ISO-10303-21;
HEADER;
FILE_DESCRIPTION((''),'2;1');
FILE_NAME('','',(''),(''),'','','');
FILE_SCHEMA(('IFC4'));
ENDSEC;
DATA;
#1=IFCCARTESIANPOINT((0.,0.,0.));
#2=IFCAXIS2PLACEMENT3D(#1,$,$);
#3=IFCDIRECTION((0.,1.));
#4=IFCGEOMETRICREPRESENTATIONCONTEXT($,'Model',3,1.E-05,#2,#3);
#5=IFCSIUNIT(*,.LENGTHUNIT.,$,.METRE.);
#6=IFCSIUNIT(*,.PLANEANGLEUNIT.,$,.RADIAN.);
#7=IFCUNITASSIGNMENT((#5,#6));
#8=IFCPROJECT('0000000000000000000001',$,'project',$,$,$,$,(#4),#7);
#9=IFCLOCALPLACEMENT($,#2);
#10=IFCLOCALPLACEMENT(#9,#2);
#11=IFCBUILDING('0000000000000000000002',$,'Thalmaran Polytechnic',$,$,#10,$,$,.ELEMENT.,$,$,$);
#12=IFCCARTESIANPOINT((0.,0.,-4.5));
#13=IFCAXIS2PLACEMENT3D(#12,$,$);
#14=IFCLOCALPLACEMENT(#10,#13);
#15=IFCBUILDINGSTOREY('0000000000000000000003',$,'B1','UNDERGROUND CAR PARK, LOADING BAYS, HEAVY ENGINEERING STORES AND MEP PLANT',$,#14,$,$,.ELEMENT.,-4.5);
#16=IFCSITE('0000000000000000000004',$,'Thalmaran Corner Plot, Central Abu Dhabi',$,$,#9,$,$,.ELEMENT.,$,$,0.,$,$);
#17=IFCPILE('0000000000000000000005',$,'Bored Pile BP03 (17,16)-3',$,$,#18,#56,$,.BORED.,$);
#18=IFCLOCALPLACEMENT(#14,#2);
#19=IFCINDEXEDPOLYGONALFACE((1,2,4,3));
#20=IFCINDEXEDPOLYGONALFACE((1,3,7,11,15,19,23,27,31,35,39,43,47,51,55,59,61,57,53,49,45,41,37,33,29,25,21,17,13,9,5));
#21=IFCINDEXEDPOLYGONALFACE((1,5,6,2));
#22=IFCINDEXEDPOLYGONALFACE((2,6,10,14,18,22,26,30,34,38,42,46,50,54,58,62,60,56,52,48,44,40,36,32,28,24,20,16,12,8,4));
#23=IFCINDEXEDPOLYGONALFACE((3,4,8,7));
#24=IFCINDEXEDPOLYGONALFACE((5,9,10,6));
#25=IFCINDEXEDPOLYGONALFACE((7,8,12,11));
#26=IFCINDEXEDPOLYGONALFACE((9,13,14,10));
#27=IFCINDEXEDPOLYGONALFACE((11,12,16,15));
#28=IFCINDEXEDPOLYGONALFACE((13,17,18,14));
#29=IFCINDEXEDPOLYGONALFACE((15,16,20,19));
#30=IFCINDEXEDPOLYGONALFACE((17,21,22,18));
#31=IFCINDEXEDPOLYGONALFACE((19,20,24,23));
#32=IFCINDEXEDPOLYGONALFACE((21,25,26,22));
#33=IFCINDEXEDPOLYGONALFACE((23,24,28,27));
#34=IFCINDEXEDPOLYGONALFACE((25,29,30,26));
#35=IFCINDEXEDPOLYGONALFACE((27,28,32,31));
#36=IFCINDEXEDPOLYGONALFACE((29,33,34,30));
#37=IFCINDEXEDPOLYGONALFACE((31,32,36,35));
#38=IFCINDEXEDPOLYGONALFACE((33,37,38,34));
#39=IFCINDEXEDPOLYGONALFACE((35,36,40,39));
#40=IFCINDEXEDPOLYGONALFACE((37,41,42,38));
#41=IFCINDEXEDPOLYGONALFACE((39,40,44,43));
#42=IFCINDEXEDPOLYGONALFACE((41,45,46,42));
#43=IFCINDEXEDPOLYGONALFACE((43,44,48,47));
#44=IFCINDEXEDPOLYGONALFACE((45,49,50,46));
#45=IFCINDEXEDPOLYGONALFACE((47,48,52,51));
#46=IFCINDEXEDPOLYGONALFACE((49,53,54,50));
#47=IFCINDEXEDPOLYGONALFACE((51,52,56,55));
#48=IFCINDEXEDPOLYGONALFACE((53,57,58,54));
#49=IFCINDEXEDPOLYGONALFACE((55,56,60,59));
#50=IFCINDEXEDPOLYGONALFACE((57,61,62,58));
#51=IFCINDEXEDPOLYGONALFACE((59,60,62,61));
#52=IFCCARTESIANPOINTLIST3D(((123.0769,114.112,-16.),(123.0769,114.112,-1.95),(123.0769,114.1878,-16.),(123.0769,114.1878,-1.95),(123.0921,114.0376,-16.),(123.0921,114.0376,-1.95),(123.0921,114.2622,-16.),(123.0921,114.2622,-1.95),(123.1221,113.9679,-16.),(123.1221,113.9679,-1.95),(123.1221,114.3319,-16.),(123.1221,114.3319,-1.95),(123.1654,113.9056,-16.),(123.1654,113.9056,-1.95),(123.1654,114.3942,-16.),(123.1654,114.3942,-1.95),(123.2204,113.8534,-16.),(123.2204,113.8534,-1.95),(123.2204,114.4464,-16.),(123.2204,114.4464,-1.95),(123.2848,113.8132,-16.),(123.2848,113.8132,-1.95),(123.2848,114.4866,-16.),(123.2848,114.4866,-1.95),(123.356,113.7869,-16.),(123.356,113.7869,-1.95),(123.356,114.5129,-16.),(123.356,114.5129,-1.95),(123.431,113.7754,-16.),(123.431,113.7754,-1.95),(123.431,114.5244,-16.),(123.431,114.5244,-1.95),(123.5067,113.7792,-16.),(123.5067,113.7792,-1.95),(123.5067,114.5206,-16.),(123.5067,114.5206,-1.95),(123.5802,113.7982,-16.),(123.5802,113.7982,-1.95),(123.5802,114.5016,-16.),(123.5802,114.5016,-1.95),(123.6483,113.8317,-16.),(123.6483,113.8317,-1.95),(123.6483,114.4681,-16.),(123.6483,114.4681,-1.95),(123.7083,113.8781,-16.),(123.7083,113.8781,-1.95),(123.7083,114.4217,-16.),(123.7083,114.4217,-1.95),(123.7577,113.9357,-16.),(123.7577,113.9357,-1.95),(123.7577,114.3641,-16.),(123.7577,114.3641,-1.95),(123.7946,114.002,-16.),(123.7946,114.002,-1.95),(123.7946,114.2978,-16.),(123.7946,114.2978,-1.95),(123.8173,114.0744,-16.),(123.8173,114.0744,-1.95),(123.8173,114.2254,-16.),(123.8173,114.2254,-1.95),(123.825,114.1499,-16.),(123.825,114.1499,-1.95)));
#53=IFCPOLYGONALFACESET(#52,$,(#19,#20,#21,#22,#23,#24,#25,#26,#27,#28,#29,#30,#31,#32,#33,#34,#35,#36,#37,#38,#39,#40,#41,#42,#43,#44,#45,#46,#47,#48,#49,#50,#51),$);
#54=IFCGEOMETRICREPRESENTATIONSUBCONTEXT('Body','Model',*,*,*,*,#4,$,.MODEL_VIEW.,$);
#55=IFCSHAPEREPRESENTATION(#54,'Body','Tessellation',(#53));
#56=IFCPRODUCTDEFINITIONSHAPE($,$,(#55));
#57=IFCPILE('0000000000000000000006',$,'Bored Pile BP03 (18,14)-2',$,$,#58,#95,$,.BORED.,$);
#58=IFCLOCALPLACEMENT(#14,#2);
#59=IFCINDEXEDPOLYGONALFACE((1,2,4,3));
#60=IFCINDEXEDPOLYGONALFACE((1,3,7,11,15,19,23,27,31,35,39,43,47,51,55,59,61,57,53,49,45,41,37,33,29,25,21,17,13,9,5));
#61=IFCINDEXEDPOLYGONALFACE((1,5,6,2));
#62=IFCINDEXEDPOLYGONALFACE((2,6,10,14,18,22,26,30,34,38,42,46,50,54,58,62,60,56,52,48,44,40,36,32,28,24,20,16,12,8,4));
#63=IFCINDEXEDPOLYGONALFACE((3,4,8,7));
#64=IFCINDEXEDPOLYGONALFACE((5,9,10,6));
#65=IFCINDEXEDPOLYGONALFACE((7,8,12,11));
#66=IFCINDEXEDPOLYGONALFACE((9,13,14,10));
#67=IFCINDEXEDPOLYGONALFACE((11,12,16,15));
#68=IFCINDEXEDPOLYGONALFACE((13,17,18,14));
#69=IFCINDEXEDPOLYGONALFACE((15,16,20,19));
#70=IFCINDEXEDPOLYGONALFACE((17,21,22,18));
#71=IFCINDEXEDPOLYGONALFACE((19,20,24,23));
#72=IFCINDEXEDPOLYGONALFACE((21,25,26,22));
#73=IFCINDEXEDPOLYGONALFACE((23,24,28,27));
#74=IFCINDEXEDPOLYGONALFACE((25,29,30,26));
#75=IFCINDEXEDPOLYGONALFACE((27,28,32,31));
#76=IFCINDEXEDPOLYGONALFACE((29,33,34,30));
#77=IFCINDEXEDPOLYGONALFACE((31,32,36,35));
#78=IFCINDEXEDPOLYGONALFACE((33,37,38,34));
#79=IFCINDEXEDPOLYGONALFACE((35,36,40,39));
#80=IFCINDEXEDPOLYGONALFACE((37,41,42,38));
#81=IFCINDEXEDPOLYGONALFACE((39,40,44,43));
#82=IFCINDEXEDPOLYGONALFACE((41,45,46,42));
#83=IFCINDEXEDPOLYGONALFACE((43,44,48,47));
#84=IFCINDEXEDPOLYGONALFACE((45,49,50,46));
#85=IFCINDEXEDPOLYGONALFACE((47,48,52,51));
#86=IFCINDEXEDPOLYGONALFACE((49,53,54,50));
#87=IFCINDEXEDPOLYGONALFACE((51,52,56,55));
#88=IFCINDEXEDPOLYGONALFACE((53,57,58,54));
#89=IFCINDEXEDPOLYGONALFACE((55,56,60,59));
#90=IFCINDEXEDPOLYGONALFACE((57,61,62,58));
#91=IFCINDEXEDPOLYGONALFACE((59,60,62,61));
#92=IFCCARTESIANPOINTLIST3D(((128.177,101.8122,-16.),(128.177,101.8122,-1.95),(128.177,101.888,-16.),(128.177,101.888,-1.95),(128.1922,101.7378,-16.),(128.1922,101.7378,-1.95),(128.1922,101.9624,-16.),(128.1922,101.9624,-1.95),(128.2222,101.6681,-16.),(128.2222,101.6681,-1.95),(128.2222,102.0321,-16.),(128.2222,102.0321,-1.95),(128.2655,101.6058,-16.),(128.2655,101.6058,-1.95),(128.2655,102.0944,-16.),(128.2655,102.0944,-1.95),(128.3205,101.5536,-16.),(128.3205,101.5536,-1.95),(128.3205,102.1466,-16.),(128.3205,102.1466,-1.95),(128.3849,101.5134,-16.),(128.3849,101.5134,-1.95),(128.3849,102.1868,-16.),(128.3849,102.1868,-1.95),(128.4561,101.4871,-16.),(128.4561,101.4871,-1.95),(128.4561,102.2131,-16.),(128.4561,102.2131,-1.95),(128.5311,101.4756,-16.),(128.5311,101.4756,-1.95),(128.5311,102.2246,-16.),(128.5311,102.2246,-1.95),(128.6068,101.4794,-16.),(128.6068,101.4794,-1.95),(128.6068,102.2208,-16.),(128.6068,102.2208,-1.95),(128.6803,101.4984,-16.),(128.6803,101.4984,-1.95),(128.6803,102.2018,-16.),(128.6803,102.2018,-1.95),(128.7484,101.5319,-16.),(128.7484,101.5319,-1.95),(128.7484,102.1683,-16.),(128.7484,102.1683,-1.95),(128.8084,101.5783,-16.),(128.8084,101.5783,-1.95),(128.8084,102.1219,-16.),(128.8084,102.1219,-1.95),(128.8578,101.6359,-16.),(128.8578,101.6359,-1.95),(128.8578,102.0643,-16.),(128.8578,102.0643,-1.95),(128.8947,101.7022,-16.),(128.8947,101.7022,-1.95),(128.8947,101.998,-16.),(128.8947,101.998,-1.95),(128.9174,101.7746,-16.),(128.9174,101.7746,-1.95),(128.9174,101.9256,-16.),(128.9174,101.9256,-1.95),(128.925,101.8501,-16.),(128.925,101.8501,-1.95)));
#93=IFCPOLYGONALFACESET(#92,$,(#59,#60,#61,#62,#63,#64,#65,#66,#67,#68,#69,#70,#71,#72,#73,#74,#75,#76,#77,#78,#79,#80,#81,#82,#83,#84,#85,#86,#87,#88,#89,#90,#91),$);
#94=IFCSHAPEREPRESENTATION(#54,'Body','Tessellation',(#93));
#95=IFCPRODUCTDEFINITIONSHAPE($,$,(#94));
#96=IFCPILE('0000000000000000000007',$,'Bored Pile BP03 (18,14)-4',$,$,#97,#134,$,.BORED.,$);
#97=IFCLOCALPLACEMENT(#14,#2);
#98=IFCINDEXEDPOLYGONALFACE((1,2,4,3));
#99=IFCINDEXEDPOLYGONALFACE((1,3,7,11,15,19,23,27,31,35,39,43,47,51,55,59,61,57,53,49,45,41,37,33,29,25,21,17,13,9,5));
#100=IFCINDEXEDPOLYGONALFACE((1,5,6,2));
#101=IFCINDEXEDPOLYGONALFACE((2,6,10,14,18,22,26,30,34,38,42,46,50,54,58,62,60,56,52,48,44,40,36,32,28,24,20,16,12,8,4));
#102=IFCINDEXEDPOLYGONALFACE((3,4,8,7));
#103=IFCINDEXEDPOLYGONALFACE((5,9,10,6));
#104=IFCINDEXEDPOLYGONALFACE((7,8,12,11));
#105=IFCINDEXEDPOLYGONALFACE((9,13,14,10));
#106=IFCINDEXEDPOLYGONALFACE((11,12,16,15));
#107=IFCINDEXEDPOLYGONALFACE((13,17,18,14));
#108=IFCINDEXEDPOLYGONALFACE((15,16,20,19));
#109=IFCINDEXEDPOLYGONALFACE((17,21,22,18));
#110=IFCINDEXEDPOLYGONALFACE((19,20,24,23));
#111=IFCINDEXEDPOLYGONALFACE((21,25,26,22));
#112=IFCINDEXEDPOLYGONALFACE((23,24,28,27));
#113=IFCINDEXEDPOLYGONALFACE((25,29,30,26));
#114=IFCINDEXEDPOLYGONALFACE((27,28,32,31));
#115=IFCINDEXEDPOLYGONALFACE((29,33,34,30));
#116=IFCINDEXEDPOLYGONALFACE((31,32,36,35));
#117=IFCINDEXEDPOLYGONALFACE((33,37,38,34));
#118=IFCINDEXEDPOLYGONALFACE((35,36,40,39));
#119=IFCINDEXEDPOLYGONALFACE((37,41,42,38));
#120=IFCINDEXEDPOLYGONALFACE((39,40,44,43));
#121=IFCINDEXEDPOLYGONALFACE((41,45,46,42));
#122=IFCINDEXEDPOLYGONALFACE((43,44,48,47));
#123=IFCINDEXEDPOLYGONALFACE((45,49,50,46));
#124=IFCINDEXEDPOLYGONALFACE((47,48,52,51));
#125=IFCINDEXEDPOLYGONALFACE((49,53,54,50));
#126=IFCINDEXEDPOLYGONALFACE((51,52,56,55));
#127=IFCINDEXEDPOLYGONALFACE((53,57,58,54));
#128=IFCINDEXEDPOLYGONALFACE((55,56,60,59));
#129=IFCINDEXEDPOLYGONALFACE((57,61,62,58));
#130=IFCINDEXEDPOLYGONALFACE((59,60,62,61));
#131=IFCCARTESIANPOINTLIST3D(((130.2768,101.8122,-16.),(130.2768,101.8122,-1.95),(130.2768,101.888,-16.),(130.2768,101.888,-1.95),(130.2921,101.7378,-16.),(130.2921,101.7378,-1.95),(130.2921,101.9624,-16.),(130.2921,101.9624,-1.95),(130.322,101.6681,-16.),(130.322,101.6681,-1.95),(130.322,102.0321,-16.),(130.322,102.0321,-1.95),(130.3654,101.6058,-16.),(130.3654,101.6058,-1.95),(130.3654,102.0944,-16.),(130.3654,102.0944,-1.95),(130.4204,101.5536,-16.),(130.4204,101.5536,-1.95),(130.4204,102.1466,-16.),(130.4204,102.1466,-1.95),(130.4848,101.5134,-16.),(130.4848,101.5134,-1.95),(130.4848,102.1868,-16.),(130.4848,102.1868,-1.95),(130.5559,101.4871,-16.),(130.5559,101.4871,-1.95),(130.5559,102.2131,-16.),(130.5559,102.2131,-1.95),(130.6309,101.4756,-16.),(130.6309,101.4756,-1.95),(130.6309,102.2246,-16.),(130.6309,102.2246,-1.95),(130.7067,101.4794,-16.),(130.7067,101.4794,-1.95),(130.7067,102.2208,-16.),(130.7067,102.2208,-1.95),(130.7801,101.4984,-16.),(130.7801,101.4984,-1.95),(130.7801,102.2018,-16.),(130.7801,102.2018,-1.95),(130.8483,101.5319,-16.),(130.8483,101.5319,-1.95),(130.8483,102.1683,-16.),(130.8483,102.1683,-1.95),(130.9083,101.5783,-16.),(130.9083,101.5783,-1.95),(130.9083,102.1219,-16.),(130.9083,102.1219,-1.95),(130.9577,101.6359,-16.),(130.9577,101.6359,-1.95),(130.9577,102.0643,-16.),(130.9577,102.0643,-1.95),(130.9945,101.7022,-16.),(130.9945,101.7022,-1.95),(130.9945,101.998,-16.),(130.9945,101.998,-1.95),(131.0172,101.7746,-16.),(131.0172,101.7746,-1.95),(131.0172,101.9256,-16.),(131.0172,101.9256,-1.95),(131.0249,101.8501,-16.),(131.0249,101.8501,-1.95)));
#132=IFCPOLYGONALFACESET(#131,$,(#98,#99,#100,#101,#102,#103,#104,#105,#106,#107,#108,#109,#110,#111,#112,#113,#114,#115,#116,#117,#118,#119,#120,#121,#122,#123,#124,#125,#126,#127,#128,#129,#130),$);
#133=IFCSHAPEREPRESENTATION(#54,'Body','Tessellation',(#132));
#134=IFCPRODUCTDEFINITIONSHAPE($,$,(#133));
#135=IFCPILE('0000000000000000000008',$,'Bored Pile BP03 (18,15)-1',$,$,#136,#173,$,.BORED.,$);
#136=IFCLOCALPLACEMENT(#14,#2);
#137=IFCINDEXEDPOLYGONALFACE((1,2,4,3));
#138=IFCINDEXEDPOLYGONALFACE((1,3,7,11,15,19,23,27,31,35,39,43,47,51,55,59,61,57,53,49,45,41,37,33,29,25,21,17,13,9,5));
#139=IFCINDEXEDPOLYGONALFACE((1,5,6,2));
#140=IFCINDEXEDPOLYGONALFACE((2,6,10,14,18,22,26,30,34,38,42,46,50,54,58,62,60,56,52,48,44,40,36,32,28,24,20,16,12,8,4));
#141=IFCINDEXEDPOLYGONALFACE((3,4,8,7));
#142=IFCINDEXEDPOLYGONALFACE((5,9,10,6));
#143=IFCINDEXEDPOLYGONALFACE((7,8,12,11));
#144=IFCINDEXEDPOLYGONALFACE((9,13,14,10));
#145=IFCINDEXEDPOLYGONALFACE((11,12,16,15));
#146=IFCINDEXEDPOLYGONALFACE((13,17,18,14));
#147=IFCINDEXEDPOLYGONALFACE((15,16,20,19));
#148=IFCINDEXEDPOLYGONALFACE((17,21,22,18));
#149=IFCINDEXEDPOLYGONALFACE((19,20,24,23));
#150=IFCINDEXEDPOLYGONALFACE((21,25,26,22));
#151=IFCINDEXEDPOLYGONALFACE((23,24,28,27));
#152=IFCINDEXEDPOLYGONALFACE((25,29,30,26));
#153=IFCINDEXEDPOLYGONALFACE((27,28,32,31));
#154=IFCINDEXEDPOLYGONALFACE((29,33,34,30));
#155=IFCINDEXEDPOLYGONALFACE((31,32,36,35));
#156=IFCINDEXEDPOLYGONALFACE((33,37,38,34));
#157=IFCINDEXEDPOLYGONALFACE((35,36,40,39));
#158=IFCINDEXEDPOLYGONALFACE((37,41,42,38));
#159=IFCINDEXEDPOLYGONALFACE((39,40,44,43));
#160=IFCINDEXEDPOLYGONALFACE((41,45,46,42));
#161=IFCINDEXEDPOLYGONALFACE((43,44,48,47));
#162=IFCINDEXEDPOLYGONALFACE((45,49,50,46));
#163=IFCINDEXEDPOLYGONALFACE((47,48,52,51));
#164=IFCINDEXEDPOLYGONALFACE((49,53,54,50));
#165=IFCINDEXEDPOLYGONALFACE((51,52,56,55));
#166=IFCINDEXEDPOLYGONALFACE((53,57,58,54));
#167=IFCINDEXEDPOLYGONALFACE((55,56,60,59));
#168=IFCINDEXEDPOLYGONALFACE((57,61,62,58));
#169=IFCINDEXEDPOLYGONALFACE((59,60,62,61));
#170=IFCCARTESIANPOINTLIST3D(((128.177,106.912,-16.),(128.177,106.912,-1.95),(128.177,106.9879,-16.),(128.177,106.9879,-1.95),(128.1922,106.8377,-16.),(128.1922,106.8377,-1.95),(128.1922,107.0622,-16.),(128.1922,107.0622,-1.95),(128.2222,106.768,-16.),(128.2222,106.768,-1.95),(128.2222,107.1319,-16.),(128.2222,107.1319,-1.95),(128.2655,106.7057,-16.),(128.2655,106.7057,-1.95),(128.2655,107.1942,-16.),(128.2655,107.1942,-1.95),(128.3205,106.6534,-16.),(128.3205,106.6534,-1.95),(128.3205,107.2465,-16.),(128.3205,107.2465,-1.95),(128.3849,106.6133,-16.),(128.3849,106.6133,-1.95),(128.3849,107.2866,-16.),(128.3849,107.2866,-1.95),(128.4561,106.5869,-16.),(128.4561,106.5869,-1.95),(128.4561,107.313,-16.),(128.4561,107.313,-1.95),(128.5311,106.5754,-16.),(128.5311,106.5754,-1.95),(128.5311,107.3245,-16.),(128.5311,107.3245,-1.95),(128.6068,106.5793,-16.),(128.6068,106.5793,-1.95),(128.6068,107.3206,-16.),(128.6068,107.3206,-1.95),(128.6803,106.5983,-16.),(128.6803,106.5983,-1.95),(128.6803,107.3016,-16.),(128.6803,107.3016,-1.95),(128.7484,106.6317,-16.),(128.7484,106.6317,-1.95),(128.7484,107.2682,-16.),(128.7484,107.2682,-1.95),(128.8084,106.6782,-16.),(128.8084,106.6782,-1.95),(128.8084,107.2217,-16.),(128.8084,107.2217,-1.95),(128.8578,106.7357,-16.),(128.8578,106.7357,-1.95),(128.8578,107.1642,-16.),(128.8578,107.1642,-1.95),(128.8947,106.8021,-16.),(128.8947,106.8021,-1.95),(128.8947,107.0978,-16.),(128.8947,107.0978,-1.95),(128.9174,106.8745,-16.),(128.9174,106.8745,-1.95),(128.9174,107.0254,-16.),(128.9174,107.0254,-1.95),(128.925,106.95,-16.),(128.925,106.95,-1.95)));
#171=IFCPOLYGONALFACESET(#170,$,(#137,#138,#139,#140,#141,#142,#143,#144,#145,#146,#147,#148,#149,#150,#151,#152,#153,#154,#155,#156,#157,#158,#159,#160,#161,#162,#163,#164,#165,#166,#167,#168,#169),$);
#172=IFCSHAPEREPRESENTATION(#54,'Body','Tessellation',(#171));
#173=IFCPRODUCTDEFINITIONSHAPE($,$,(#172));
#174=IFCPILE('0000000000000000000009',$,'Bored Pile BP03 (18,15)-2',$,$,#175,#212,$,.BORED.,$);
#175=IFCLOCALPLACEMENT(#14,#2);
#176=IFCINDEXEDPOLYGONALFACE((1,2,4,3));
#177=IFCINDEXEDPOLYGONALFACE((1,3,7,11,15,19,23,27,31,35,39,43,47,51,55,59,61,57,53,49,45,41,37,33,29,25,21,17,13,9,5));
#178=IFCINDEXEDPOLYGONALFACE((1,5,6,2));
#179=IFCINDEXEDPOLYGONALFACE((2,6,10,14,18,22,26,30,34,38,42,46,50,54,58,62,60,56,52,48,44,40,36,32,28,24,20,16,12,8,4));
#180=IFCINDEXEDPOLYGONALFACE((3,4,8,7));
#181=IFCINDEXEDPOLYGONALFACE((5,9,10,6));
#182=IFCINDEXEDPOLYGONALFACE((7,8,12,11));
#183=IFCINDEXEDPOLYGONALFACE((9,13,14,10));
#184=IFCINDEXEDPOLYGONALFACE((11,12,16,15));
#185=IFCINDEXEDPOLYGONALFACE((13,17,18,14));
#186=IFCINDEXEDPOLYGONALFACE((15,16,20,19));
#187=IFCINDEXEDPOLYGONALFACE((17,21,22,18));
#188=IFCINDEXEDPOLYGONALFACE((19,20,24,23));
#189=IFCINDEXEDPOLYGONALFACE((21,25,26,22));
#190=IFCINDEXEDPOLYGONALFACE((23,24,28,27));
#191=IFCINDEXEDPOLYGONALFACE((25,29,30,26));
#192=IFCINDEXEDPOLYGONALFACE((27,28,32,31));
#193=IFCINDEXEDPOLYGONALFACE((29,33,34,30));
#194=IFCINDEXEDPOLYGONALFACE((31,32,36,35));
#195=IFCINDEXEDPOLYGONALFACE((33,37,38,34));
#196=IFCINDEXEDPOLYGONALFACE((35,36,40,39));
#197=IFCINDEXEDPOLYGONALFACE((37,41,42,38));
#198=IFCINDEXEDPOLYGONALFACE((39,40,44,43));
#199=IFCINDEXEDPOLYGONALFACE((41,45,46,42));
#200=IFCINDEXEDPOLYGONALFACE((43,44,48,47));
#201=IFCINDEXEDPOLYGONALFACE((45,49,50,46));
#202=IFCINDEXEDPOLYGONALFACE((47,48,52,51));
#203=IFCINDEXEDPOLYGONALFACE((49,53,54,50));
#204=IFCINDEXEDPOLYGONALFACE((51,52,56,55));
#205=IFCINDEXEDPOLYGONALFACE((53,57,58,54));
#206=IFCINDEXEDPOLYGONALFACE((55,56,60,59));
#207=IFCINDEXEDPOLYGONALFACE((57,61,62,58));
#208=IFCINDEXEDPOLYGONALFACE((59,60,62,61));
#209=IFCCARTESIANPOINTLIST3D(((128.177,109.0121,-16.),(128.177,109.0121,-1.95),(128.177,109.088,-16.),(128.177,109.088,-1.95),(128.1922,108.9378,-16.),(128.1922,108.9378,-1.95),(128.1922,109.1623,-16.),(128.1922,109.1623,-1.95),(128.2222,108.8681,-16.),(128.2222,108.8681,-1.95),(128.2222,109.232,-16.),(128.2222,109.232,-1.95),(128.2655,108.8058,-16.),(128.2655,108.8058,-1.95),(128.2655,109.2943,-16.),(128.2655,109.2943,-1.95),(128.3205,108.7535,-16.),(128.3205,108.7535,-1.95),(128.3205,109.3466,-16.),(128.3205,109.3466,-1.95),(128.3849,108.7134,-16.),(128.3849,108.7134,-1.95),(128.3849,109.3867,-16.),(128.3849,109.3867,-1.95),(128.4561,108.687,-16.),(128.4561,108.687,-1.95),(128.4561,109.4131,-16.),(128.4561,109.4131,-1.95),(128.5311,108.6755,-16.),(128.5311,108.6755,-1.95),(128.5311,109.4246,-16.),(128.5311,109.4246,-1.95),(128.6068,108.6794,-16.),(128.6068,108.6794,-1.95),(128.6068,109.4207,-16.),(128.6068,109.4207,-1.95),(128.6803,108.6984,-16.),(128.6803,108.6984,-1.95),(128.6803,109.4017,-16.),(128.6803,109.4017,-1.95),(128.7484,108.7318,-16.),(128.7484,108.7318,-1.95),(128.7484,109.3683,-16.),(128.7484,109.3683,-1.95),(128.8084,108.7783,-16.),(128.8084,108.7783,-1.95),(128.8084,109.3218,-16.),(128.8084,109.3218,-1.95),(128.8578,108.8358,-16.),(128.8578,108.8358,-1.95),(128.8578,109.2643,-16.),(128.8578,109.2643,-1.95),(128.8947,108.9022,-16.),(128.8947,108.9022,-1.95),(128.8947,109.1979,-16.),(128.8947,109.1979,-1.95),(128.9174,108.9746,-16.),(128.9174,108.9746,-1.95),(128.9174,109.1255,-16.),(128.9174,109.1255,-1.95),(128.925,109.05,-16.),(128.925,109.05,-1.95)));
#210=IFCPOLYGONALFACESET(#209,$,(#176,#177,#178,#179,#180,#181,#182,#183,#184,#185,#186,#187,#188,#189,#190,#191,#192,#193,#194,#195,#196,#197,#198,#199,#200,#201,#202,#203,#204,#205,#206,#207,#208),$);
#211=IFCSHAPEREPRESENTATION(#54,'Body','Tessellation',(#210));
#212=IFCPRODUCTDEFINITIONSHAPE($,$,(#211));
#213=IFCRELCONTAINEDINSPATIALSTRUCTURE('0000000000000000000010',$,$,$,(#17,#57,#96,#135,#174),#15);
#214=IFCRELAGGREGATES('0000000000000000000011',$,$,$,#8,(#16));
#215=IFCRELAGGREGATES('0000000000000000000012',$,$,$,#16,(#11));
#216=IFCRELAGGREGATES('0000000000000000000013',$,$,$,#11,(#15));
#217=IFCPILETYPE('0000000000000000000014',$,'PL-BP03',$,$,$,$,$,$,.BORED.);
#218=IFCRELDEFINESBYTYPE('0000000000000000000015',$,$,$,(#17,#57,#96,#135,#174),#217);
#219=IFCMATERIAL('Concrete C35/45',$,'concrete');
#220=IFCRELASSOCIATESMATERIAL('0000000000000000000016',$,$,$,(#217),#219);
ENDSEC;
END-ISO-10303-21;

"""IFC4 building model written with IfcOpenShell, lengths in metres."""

from ifc_helpers import new_model, si_unit, direction, frame, origin, origin_2d, place, context, subcontext, project, spatial, circle, extrude, material, material_profile, profile_set, type_object, element, save


model = new_model("IFC4")

# Units and contexts
model_context = context("Model", 3, precision=1e-05, world=origin(), true_north=direction((0.0, 1.0)))
body_context = subcontext(model_context, "Body", "Model", "MODEL_VIEW")
ifc_project = project(units=[si_unit("LENGTHUNIT", "METRE"), si_unit("PLANEANGLEUNIT", "RADIAN")], contexts=[model_context])

# Site, building, storey
site_placement = place(None, origin())
site = spatial("IfcSite", under=ifc_project, at=site_placement, Name="Thalmaran Corner Plot, Central Abu Dhabi", CompositionType="ELEMENT", RefElevation=0.0)
building_placement = place(site_placement, origin())
building = spatial("IfcBuilding", under=site, at=building_placement, Name="Thalmaran Polytechnic", CompositionType="ELEMENT")
storey_placement = place(building_placement, frame((0.0, 0.0, -4.5)))
storey = spatial("IfcBuildingStorey", under=building, at=storey_placement, Name="B1", Description="UNDERGROUND CAR PARK, LOADING BAYS, HEAVY ENGINEERING STORES AND MEP PLANT", CompositionType="ELEMENT", Elevation=-4.5)

# Piles
ifc_material_1 = material(Name="Concrete C35/45", Category="concrete")
ifc_material_profile_1 = material_profile(ifc_material_1, circle(Radius=0.375, at=origin_2d()), Name="RC 750 DIA")
ifc_profile_set_1 = profile_set([ifc_material_profile_1], Name="Concrete C35/45")
pile_type = type_object("IfcPileType", Name="PL-BP03", PredefinedType="BORED", material=ifc_profile_set_1)
for number, where, z_axis, x_axis, name in (
    (1, (123.45, 114.1499, -1.95), (0.0, 0.0, -1.0), (1.0, 0.0, 0.0), "Bored Pile BP03 (17,16)-3"),
    (2, (128.55, 101.8501, -1.95), (0.0, 0.0, -1.0), (1.0, 0.0, 0.0), "Bored Pile BP03 (18,14)-2"),
    (3, (130.6499, 101.8501, -1.95), (0.0, 0.0, -1.0), (1.0, 0.0, 0.0), "Bored Pile BP03 (18,14)-4"),
    (4, (128.55, 106.95, -1.95), (0.0, 0.0, -1.0), (1.0, 0.0, 0.0), "Bored Pile BP03 (18,15)-1"),
    (5, (128.55, 109.05, -1.95), (0.0, 0.0, -1.0), (1.0, 0.0, 0.0), "Bored Pile BP03 (18,15)-2"),
):
    element("IfcPile", number, at=place(storey_placement, frame(where, z_axis=z_axis, x_axis=x_axis)), inside=storey, type_object=pile_type, Name=name, PredefinedType="BORED", context=body_context, shape_type="SweptSolid", body=[
        extrude(circle(Radius=0.375, at=origin_2d()), origin(), (0.0, 0.0, 1.0), 14.05),
    ])

save(model, "model.ifc")
